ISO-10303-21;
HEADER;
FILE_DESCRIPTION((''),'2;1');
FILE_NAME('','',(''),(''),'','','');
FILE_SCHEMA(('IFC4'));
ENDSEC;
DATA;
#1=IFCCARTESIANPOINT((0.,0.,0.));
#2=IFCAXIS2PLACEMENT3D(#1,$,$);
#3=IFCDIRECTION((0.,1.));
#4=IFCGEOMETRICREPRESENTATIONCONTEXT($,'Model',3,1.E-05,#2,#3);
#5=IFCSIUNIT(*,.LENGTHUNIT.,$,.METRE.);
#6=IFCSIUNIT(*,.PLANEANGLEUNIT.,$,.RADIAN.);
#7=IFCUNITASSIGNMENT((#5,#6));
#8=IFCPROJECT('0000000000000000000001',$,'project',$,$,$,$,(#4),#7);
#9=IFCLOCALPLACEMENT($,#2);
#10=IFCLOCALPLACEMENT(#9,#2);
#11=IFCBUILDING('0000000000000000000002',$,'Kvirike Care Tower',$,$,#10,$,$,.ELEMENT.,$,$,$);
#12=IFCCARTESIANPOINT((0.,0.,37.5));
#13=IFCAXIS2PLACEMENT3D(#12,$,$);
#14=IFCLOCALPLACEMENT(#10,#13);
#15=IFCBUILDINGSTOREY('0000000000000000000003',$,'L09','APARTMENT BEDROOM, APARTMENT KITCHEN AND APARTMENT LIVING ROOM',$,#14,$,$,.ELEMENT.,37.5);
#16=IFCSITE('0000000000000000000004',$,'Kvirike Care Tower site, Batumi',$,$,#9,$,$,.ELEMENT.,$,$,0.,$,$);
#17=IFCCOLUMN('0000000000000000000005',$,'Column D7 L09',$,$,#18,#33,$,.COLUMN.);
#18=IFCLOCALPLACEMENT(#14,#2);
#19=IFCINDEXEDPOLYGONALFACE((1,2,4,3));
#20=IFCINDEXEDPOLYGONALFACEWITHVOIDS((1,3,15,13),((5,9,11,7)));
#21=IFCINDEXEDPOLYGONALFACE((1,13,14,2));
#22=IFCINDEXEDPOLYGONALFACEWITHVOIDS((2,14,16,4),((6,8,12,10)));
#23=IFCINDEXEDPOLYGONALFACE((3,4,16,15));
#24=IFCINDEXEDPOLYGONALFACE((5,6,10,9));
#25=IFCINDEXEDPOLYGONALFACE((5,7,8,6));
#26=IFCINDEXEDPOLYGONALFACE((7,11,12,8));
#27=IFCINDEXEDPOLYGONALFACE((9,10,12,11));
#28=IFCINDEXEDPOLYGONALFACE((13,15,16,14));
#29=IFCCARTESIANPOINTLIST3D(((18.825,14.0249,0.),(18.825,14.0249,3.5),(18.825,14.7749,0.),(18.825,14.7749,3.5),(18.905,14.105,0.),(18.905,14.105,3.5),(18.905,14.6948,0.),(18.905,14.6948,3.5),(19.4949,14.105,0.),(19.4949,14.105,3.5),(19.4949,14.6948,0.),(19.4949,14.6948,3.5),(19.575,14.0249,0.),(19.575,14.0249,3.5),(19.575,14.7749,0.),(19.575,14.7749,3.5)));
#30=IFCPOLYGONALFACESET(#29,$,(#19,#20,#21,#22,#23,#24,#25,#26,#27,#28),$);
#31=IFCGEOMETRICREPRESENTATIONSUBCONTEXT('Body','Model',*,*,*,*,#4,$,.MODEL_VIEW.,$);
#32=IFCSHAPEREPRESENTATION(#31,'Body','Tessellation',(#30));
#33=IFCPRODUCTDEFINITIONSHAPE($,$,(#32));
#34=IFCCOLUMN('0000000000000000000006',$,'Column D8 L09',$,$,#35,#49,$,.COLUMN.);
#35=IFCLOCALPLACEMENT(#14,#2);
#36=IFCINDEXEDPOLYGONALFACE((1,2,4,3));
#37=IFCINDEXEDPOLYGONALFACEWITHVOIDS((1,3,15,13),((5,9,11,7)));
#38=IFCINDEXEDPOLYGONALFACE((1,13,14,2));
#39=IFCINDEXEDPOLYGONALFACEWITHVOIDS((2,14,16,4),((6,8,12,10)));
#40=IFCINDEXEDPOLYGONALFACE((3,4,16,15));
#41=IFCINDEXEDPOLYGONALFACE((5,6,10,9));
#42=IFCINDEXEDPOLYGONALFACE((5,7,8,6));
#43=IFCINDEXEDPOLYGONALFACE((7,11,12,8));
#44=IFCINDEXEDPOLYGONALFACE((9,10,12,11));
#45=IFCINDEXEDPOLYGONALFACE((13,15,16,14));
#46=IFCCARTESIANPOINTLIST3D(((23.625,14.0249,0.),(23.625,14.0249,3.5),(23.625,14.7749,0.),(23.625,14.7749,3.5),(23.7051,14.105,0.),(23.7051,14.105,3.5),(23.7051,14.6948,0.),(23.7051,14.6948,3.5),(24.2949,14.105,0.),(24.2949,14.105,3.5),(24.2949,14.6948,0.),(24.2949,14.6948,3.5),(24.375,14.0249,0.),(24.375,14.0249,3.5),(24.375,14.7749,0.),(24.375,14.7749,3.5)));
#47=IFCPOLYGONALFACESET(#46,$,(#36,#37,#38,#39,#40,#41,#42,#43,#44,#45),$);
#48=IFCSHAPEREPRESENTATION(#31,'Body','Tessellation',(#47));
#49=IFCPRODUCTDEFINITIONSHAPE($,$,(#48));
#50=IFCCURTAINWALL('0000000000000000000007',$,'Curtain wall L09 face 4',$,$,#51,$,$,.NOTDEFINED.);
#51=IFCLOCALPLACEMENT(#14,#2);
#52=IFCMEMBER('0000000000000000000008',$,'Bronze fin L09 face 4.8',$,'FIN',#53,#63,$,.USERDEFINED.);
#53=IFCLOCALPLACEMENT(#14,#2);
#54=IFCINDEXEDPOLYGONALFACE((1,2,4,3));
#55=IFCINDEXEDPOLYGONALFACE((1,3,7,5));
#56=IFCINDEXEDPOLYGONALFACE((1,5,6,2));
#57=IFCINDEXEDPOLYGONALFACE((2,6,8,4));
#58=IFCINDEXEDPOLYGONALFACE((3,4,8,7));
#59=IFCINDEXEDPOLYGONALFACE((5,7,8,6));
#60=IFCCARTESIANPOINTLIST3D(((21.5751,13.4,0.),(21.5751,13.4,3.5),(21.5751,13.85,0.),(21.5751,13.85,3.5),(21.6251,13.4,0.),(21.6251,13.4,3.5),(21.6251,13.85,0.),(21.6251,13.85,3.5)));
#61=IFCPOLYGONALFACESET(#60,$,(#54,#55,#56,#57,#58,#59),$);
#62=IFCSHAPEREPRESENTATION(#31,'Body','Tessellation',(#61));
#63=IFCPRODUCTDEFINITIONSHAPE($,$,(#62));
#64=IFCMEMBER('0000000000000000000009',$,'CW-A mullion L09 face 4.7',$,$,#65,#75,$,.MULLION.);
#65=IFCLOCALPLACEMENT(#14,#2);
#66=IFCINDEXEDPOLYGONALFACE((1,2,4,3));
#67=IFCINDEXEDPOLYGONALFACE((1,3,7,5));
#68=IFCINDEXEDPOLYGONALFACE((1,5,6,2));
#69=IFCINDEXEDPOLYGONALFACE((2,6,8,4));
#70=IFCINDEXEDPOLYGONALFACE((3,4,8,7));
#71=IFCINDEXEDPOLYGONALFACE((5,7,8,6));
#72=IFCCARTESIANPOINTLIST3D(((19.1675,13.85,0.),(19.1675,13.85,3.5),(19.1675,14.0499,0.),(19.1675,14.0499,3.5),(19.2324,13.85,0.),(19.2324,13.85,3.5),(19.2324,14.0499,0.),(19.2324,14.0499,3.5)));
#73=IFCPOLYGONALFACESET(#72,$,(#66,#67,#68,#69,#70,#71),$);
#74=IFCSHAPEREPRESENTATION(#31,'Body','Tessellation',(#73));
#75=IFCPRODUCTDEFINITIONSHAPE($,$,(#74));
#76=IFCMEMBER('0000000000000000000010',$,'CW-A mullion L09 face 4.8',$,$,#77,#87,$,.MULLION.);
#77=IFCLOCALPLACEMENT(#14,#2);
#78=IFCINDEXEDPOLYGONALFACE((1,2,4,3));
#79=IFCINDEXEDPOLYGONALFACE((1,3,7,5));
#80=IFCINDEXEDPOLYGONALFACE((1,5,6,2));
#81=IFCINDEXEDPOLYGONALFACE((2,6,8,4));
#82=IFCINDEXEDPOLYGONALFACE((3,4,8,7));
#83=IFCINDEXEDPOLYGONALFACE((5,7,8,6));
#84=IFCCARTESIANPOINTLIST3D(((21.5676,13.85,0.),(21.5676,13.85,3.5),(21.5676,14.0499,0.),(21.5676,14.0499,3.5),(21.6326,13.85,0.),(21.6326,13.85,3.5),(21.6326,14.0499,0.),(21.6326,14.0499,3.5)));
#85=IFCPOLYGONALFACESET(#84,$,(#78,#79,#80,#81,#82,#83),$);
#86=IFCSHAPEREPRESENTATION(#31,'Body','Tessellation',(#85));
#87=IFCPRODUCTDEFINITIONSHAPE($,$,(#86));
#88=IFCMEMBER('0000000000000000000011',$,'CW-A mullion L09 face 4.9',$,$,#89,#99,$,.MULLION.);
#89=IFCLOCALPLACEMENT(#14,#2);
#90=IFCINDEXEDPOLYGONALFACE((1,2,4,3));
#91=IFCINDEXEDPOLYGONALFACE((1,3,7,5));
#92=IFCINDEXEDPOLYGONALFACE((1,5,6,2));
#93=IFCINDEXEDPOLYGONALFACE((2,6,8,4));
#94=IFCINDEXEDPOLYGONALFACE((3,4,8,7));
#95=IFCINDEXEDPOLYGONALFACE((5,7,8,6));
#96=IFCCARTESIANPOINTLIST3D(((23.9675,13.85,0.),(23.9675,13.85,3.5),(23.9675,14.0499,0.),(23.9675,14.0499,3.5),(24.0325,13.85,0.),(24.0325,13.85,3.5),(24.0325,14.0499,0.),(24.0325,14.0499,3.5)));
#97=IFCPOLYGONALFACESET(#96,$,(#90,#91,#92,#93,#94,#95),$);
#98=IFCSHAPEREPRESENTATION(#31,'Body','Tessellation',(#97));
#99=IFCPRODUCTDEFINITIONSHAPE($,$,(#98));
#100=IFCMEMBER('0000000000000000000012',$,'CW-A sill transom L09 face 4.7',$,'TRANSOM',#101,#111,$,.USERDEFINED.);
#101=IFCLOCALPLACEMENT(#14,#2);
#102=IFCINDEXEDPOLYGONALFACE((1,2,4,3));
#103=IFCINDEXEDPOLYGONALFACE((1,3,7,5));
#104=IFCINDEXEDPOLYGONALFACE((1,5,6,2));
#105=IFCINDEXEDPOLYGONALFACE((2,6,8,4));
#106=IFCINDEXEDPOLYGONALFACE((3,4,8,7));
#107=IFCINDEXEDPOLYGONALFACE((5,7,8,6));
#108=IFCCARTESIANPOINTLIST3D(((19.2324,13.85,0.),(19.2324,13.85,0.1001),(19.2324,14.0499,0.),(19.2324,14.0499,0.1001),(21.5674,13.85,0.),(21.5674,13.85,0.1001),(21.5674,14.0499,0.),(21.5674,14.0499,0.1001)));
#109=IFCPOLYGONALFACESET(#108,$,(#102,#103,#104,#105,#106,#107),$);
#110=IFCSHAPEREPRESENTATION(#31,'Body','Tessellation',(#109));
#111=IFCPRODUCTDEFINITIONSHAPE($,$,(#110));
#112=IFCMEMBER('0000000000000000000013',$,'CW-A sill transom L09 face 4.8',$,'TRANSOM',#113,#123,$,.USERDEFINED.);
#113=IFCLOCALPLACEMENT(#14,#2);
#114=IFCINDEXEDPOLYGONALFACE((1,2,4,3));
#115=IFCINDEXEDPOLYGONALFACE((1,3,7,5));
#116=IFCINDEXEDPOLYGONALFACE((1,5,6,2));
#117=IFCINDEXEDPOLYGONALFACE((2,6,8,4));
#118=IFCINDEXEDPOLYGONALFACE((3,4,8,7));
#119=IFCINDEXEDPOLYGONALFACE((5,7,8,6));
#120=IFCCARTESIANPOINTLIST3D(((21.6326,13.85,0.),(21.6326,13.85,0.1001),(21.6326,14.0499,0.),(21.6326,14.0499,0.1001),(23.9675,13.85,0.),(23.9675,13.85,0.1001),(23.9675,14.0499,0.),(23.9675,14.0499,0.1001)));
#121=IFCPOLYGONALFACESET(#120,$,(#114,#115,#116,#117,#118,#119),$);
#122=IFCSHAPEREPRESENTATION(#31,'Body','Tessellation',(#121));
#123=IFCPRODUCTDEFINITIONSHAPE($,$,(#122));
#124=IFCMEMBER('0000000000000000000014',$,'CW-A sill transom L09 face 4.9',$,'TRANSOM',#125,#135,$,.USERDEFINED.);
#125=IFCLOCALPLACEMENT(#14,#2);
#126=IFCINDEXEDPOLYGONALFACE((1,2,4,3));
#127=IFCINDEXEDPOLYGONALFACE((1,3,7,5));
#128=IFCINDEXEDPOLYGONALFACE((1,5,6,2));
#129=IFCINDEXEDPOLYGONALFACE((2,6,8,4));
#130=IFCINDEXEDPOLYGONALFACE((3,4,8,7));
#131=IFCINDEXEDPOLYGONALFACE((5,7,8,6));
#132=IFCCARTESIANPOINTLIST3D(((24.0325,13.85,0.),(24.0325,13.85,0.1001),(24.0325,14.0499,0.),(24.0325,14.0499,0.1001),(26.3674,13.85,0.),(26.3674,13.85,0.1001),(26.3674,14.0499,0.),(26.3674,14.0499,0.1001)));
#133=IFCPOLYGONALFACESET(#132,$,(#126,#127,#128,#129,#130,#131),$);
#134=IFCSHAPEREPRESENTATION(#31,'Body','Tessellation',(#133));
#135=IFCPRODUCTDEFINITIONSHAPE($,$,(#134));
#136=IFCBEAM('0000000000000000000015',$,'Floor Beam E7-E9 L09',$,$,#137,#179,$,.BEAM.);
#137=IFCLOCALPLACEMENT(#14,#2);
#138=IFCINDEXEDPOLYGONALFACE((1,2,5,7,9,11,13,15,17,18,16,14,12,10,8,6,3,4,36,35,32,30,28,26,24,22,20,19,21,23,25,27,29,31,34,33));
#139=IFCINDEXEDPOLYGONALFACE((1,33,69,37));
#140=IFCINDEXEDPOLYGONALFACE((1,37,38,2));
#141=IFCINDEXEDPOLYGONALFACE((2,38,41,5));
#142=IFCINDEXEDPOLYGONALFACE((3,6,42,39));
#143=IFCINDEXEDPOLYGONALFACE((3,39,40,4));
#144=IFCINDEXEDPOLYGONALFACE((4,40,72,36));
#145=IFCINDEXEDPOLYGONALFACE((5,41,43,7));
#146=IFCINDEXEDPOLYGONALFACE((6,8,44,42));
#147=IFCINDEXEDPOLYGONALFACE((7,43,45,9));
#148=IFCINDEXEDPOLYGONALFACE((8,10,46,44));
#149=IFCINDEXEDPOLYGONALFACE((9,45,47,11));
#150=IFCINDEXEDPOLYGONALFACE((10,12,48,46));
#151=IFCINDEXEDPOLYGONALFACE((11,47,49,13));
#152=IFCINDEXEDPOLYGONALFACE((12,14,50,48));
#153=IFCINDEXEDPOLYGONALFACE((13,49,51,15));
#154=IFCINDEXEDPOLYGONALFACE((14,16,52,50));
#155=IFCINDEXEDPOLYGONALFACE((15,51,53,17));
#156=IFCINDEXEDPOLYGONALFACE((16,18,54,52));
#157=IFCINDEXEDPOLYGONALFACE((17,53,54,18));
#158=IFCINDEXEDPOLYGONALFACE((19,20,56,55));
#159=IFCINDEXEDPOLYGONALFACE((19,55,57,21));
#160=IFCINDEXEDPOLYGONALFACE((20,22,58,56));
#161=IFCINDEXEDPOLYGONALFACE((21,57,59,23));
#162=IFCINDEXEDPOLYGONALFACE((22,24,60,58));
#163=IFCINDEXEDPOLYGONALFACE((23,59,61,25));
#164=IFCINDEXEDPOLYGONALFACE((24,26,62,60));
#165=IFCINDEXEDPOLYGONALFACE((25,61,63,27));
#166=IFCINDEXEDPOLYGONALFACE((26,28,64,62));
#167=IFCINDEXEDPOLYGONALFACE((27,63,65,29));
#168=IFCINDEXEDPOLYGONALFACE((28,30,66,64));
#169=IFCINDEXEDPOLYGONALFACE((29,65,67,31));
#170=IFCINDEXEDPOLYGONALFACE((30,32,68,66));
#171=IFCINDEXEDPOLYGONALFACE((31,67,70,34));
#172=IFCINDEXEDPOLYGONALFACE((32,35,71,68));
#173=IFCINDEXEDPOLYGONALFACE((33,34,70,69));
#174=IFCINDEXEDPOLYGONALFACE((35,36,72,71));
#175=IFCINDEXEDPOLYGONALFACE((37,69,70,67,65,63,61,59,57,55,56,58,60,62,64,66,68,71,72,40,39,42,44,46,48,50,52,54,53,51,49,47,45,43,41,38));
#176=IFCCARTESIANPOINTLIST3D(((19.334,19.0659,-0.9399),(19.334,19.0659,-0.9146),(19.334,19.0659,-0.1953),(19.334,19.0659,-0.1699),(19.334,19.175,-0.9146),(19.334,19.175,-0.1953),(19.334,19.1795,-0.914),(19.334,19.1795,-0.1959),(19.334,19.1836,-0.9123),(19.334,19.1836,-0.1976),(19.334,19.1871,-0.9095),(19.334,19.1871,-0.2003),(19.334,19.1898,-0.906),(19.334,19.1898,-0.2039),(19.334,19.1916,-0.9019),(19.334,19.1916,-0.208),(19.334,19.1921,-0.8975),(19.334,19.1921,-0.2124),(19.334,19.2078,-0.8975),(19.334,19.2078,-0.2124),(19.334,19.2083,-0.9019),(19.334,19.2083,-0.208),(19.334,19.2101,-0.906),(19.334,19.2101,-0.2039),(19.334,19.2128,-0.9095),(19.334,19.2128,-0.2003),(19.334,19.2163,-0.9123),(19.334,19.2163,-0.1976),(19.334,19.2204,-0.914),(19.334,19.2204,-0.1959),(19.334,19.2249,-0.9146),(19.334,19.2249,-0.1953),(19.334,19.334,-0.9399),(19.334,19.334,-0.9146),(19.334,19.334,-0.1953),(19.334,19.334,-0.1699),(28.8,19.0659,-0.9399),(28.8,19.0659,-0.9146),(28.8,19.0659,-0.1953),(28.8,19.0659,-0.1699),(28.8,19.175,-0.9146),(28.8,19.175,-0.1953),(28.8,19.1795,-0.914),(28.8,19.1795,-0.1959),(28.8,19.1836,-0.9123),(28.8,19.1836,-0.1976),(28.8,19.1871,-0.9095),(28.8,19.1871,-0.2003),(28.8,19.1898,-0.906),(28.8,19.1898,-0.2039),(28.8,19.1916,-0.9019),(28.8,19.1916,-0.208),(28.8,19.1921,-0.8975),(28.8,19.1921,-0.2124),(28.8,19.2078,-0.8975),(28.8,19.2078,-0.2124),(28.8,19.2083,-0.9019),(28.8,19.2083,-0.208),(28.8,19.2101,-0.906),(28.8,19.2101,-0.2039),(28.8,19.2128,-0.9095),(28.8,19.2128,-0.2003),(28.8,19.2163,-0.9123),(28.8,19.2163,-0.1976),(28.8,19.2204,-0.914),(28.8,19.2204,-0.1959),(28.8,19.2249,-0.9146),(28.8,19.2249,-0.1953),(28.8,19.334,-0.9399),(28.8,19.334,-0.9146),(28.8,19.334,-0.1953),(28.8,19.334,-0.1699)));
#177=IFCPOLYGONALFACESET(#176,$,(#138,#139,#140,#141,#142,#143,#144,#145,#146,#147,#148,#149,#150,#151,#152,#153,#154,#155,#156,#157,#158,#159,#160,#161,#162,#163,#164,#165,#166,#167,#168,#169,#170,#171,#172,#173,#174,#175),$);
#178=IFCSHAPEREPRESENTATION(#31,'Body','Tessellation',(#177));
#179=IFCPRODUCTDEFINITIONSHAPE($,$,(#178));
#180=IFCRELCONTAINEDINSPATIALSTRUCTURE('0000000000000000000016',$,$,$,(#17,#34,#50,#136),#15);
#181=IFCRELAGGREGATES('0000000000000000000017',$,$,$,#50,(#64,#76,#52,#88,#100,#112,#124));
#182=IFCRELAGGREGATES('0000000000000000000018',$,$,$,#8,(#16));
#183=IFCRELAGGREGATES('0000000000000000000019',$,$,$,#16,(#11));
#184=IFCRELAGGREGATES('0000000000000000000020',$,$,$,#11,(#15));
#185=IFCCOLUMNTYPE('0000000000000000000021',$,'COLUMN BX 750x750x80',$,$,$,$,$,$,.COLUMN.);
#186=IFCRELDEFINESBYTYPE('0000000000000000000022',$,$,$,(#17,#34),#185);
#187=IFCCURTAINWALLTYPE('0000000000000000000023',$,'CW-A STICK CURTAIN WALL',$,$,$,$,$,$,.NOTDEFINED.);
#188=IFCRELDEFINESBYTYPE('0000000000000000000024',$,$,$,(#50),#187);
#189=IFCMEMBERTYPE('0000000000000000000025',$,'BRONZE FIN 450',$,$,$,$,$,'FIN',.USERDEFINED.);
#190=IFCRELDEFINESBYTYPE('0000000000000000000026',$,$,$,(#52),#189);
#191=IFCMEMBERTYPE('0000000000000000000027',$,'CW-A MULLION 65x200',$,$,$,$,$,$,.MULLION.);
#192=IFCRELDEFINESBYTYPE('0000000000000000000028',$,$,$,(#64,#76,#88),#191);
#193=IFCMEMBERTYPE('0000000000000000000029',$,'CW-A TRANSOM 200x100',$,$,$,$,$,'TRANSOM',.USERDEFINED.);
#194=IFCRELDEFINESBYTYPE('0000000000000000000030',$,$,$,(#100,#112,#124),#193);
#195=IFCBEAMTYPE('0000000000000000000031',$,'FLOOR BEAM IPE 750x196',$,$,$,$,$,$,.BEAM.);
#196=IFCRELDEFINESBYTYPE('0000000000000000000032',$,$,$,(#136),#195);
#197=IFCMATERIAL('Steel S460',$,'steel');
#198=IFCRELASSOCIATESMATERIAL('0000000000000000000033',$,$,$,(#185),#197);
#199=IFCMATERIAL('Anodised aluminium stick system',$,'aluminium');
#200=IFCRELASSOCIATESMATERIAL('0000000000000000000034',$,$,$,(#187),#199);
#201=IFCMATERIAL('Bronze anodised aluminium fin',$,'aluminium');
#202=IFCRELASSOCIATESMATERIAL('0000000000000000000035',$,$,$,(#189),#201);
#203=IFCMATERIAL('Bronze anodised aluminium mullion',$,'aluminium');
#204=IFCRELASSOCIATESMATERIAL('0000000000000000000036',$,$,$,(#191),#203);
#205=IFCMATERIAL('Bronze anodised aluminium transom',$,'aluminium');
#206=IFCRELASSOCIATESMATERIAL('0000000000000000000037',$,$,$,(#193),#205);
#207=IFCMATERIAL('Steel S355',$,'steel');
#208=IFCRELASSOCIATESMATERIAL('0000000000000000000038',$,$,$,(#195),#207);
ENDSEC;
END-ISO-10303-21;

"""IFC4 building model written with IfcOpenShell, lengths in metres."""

from ifc_helpers import new_model, si_unit, direction, frame, origin, origin_2d, place, context, subcontext, project, spatial, rectangle, hollow_rectangle, i_section, extrude, material, material_profile, profile_set, type_object, element, aggregate, save


model = new_model("IFC4")

# Units and contexts
model_context = context("Model", 3, precision=1e-05, world=origin(), true_north=direction((0.0, 1.0)))
body_context = subcontext(model_context, "Body", "Model", "MODEL_VIEW")
ifc_project = project(units=[si_unit("LENGTHUNIT", "METRE"), si_unit("PLANEANGLEUNIT", "RADIAN")], contexts=[model_context])

# Site, building, storey
site_placement = place(None, origin())
site = spatial("IfcSite", under=ifc_project, at=site_placement, Name="Kvirike Care Tower site, Batumi", CompositionType="ELEMENT", RefElevation=0.0)
building_placement = place(site_placement, origin())
building = spatial("IfcBuilding", under=site, at=building_placement, Name="Kvirike Care Tower", CompositionType="ELEMENT")
storey_placement = place(building_placement, frame((0.0, 0.0, 37.5)))
storey = spatial("IfcBuildingStorey", under=building, at=storey_placement, Name="L09", Description="APARTMENT BEDROOM, APARTMENT KITCHEN AND APARTMENT LIVING ROOM", CompositionType="ELEMENT", Elevation=37.5)

# Columns
ifc_material_1 = material(Name="Steel S460", Category="steel")
ifc_material_profile_1 = material_profile(ifc_material_1, hollow_rectangle(XDim=0.75, YDim=0.75, WallThickness=0.0801, at=origin_2d()), Name="BX 750x750x80")
ifc_profile_set_1 = profile_set([ifc_material_profile_1], Name="Steel S460")
column_type = type_object("IfcColumnType", Name="COLUMN BX 750x750x80", PredefinedType="COLUMN", material=ifc_profile_set_1)
for number, where, z_axis, x_axis, name in (
    (1, (19.2, 14.3999, 0.0), (0.0, 0.0, 1.0), (0.0, 1.0, 0.0), "Column D7 L09"),
    (2, (24.0, 14.3999, 0.0), (0.0, 0.0, 1.0), (0.0, 1.0, 0.0), "Column D8 L09"),
):
    element("IfcColumn", number, at=place(storey_placement, frame(where, z_axis=z_axis, x_axis=x_axis)), inside=storey, type_object=column_type, Name=name, PredefinedType="COLUMN", context=body_context, shape_type="SweptSolid", body=[
        extrude(hollow_rectangle(XDim=0.75, YDim=0.75, WallThickness=0.0801, at=origin_2d()), origin(), (0.0, 0.0, 1.0), 3.5),
    ])

# Curtain wall, members
ifc_material_2 = material(Name="Anodised aluminium stick system", Category="aluminium")
curtain_wall_type = type_object("IfcCurtainWallType", Name="CW-A STICK CURTAIN WALL", PredefinedType="NOTDEFINED", material=ifc_material_2)
curtain_wall_placement = place(storey_placement, origin())
curtain_wall = element("IfcCurtainWall", 3, at=curtain_wall_placement, inside=storey, type_object=curtain_wall_type, Name="Curtain wall L09 face 4", PredefinedType="NOTDEFINED")
ifc_material_3 = material(Name="Bronze anodised aluminium fin", Category="aluminium")
ifc_material_profile_2 = material_profile(ifc_material_3, rectangle(XDim=0.05, YDim=0.45, at=origin_2d()), Name="BRONZE FIN 450")
ifc_profile_set_2 = profile_set([ifc_material_profile_2], Name="Bronze anodised aluminium fin")
member_type_1 = type_object("IfcMemberType", Name="BRONZE FIN 450", ElementType="FIN", PredefinedType="USERDEFINED", material=ifc_profile_set_2)
member_1_placement = place(storey_placement, frame((21.6001, 13.625, 0.0), z_axis=(0.0, 0.0, 1.0), x_axis=(1.0, 0.0, 0.0)))
member_1 = element("IfcMember", 4, at=member_1_placement, type_object=member_type_1, Name="Bronze fin L09 face 4.8", ObjectType="FIN", PredefinedType="USERDEFINED", context=body_context, shape_type="SweptSolid", body=[
    extrude(rectangle(XDim=0.05, YDim=0.45, at=origin_2d()), origin(), (0.0, 0.0, 1.0), 3.5),
])
ifc_material_4 = material(Name="Bronze anodised aluminium mullion", Category="aluminium")
ifc_material_profile_3 = material_profile(ifc_material_4, rectangle(XDim=0.0649, YDim=0.2, at=origin_2d()), Name="CW-A MULLION 65x200")
ifc_profile_set_3 = profile_set([ifc_material_profile_3], Name="Bronze anodised aluminium mullion")
member_type_2 = type_object("IfcMemberType", Name="CW-A MULLION 65x200", PredefinedType="MULLION", material=ifc_profile_set_3)
member_2_placement = place(storey_placement, frame((19.2, 13.95, 0.0), z_axis=(0.0, 0.0, 1.0), x_axis=(1.0, 0.0, 0.0)))
member_2 = element("IfcMember", 5, at=member_2_placement, type_object=member_type_2, Name="CW-A mullion L09 face 4.7", PredefinedType="MULLION", context=body_context, shape_type="SweptSolid", body=[
    extrude(rectangle(XDim=0.0649, YDim=0.2, at=origin_2d()), origin(), (0.0, 0.0, 1.0), 3.5),
])
member_3_placement = place(storey_placement, frame((21.6001, 13.95, 0.0), z_axis=(0.0, 0.0, 1.0), x_axis=(1.0, 0.0, 0.0)))
member_3 = element("IfcMember", 6, at=member_3_placement, type_object=member_type_2, Name="CW-A mullion L09 face 4.8", PredefinedType="MULLION", context=body_context, shape_type="SweptSolid", body=[
    extrude(rectangle(XDim=0.0649, YDim=0.2, at=origin_2d()), origin(), (0.0, 0.0, 1.0), 3.5),
])
member_4_placement = place(storey_placement, frame((24.0, 13.95, 0.0), z_axis=(0.0, 0.0, 1.0), x_axis=(1.0, 0.0, 0.0)))
member_4 = element("IfcMember", 7, at=member_4_placement, type_object=member_type_2, Name="CW-A mullion L09 face 4.9", PredefinedType="MULLION", context=body_context, shape_type="SweptSolid", body=[
    extrude(rectangle(XDim=0.0649, YDim=0.2, at=origin_2d()), origin(), (0.0, 0.0, 1.0), 3.5),
])
ifc_material_5 = material(Name="Bronze anodised aluminium transom", Category="aluminium")
ifc_material_profile_4 = material_profile(ifc_material_5, rectangle(XDim=0.2, YDim=0.1001, at=origin_2d()), Name="CW-A TRANSOM 200x100")
ifc_profile_set_4 = profile_set([ifc_material_profile_4], Name="Bronze anodised aluminium transom")
member_type_3 = type_object("IfcMemberType", Name="CW-A TRANSOM 200x100", ElementType="TRANSOM", PredefinedType="USERDEFINED", material=ifc_profile_set_4)
member_5_placement = place(storey_placement, frame((19.2324, 13.95, 0.05), z_axis=(1.0, 0.0, 0.0), x_axis=(0.0, 1.0, 0.0)))
member_5 = element("IfcMember", 8, at=member_5_placement, type_object=member_type_3, Name="CW-A sill transom L09 face 4.7", ObjectType="TRANSOM", PredefinedType="USERDEFINED", context=body_context, shape_type="SweptSolid", body=[
    extrude(rectangle(XDim=0.2, YDim=0.1001, at=origin_2d()), origin(), (0.0, 0.0, 1.0), 2.335),
])
member_6_placement = place(storey_placement, frame((21.6326, 13.95, 0.05), z_axis=(1.0, 0.0, 0.0), x_axis=(0.0, 1.0, 0.0)))
member_6 = element("IfcMember", 9, at=member_6_placement, type_object=member_type_3, Name="CW-A sill transom L09 face 4.8", ObjectType="TRANSOM", PredefinedType="USERDEFINED", context=body_context, shape_type="SweptSolid", body=[
    extrude(rectangle(XDim=0.2, YDim=0.1001, at=origin_2d()), origin(), (0.0, 0.0, 1.0), 2.335),
])
member_7_placement = place(storey_placement, frame((24.0325, 13.95, 0.05), z_axis=(1.0, 0.0, 0.0), x_axis=(0.0, 1.0, 0.0)))
member_7 = element("IfcMember", 10, at=member_7_placement, type_object=member_type_3, Name="CW-A sill transom L09 face 4.9", ObjectType="TRANSOM", PredefinedType="USERDEFINED", context=body_context, shape_type="SweptSolid", body=[
    extrude(rectangle(XDim=0.2, YDim=0.1001, at=origin_2d()), origin(), (0.0, 0.0, 1.0), 2.335),
])

# Beam
ifc_material_6 = material(Name="Steel S355", Category="steel")
ifc_material_profile_5 = material_profile(ifc_material_6, i_section(OverallWidth=0.2681, OverallDepth=0.77, WebThickness=0.0156, FlangeThickness=0.0254, FilletRadius=0.0171, at=origin_2d()), Name="IPE 750x196")
ifc_profile_set_5 = profile_set([ifc_material_profile_5], Name="Steel S355")
beam_type_1 = type_object("IfcBeamType", Name="FLOOR BEAM IPE 750x196", PredefinedType="BEAM", material=ifc_profile_set_5)
beam_1_placement = place(storey_placement, frame((19.334, 19.2, -0.5549), z_axis=(1.0, 0.0, 0.0), x_axis=(0.0, 1.0, 0.0)))
element("IfcBeam", 11, at=beam_1_placement, inside=storey, type_object=beam_type_1, Name="Floor Beam E7-E9 L09", PredefinedType="BEAM", context=body_context, shape_type="SweptSolid", body=[
    extrude(i_section(OverallWidth=0.2681, OverallDepth=0.77, WebThickness=0.0156, FlangeThickness=0.0254, FilletRadius=0.0171, at=origin_2d()), origin(), (0.0, 0.0, 1.0), 9.4661),
])

aggregate(curtain_wall, [member_2, member_3, member_1, member_4, member_5, member_6, member_7])

save(model, "model.ifc")
